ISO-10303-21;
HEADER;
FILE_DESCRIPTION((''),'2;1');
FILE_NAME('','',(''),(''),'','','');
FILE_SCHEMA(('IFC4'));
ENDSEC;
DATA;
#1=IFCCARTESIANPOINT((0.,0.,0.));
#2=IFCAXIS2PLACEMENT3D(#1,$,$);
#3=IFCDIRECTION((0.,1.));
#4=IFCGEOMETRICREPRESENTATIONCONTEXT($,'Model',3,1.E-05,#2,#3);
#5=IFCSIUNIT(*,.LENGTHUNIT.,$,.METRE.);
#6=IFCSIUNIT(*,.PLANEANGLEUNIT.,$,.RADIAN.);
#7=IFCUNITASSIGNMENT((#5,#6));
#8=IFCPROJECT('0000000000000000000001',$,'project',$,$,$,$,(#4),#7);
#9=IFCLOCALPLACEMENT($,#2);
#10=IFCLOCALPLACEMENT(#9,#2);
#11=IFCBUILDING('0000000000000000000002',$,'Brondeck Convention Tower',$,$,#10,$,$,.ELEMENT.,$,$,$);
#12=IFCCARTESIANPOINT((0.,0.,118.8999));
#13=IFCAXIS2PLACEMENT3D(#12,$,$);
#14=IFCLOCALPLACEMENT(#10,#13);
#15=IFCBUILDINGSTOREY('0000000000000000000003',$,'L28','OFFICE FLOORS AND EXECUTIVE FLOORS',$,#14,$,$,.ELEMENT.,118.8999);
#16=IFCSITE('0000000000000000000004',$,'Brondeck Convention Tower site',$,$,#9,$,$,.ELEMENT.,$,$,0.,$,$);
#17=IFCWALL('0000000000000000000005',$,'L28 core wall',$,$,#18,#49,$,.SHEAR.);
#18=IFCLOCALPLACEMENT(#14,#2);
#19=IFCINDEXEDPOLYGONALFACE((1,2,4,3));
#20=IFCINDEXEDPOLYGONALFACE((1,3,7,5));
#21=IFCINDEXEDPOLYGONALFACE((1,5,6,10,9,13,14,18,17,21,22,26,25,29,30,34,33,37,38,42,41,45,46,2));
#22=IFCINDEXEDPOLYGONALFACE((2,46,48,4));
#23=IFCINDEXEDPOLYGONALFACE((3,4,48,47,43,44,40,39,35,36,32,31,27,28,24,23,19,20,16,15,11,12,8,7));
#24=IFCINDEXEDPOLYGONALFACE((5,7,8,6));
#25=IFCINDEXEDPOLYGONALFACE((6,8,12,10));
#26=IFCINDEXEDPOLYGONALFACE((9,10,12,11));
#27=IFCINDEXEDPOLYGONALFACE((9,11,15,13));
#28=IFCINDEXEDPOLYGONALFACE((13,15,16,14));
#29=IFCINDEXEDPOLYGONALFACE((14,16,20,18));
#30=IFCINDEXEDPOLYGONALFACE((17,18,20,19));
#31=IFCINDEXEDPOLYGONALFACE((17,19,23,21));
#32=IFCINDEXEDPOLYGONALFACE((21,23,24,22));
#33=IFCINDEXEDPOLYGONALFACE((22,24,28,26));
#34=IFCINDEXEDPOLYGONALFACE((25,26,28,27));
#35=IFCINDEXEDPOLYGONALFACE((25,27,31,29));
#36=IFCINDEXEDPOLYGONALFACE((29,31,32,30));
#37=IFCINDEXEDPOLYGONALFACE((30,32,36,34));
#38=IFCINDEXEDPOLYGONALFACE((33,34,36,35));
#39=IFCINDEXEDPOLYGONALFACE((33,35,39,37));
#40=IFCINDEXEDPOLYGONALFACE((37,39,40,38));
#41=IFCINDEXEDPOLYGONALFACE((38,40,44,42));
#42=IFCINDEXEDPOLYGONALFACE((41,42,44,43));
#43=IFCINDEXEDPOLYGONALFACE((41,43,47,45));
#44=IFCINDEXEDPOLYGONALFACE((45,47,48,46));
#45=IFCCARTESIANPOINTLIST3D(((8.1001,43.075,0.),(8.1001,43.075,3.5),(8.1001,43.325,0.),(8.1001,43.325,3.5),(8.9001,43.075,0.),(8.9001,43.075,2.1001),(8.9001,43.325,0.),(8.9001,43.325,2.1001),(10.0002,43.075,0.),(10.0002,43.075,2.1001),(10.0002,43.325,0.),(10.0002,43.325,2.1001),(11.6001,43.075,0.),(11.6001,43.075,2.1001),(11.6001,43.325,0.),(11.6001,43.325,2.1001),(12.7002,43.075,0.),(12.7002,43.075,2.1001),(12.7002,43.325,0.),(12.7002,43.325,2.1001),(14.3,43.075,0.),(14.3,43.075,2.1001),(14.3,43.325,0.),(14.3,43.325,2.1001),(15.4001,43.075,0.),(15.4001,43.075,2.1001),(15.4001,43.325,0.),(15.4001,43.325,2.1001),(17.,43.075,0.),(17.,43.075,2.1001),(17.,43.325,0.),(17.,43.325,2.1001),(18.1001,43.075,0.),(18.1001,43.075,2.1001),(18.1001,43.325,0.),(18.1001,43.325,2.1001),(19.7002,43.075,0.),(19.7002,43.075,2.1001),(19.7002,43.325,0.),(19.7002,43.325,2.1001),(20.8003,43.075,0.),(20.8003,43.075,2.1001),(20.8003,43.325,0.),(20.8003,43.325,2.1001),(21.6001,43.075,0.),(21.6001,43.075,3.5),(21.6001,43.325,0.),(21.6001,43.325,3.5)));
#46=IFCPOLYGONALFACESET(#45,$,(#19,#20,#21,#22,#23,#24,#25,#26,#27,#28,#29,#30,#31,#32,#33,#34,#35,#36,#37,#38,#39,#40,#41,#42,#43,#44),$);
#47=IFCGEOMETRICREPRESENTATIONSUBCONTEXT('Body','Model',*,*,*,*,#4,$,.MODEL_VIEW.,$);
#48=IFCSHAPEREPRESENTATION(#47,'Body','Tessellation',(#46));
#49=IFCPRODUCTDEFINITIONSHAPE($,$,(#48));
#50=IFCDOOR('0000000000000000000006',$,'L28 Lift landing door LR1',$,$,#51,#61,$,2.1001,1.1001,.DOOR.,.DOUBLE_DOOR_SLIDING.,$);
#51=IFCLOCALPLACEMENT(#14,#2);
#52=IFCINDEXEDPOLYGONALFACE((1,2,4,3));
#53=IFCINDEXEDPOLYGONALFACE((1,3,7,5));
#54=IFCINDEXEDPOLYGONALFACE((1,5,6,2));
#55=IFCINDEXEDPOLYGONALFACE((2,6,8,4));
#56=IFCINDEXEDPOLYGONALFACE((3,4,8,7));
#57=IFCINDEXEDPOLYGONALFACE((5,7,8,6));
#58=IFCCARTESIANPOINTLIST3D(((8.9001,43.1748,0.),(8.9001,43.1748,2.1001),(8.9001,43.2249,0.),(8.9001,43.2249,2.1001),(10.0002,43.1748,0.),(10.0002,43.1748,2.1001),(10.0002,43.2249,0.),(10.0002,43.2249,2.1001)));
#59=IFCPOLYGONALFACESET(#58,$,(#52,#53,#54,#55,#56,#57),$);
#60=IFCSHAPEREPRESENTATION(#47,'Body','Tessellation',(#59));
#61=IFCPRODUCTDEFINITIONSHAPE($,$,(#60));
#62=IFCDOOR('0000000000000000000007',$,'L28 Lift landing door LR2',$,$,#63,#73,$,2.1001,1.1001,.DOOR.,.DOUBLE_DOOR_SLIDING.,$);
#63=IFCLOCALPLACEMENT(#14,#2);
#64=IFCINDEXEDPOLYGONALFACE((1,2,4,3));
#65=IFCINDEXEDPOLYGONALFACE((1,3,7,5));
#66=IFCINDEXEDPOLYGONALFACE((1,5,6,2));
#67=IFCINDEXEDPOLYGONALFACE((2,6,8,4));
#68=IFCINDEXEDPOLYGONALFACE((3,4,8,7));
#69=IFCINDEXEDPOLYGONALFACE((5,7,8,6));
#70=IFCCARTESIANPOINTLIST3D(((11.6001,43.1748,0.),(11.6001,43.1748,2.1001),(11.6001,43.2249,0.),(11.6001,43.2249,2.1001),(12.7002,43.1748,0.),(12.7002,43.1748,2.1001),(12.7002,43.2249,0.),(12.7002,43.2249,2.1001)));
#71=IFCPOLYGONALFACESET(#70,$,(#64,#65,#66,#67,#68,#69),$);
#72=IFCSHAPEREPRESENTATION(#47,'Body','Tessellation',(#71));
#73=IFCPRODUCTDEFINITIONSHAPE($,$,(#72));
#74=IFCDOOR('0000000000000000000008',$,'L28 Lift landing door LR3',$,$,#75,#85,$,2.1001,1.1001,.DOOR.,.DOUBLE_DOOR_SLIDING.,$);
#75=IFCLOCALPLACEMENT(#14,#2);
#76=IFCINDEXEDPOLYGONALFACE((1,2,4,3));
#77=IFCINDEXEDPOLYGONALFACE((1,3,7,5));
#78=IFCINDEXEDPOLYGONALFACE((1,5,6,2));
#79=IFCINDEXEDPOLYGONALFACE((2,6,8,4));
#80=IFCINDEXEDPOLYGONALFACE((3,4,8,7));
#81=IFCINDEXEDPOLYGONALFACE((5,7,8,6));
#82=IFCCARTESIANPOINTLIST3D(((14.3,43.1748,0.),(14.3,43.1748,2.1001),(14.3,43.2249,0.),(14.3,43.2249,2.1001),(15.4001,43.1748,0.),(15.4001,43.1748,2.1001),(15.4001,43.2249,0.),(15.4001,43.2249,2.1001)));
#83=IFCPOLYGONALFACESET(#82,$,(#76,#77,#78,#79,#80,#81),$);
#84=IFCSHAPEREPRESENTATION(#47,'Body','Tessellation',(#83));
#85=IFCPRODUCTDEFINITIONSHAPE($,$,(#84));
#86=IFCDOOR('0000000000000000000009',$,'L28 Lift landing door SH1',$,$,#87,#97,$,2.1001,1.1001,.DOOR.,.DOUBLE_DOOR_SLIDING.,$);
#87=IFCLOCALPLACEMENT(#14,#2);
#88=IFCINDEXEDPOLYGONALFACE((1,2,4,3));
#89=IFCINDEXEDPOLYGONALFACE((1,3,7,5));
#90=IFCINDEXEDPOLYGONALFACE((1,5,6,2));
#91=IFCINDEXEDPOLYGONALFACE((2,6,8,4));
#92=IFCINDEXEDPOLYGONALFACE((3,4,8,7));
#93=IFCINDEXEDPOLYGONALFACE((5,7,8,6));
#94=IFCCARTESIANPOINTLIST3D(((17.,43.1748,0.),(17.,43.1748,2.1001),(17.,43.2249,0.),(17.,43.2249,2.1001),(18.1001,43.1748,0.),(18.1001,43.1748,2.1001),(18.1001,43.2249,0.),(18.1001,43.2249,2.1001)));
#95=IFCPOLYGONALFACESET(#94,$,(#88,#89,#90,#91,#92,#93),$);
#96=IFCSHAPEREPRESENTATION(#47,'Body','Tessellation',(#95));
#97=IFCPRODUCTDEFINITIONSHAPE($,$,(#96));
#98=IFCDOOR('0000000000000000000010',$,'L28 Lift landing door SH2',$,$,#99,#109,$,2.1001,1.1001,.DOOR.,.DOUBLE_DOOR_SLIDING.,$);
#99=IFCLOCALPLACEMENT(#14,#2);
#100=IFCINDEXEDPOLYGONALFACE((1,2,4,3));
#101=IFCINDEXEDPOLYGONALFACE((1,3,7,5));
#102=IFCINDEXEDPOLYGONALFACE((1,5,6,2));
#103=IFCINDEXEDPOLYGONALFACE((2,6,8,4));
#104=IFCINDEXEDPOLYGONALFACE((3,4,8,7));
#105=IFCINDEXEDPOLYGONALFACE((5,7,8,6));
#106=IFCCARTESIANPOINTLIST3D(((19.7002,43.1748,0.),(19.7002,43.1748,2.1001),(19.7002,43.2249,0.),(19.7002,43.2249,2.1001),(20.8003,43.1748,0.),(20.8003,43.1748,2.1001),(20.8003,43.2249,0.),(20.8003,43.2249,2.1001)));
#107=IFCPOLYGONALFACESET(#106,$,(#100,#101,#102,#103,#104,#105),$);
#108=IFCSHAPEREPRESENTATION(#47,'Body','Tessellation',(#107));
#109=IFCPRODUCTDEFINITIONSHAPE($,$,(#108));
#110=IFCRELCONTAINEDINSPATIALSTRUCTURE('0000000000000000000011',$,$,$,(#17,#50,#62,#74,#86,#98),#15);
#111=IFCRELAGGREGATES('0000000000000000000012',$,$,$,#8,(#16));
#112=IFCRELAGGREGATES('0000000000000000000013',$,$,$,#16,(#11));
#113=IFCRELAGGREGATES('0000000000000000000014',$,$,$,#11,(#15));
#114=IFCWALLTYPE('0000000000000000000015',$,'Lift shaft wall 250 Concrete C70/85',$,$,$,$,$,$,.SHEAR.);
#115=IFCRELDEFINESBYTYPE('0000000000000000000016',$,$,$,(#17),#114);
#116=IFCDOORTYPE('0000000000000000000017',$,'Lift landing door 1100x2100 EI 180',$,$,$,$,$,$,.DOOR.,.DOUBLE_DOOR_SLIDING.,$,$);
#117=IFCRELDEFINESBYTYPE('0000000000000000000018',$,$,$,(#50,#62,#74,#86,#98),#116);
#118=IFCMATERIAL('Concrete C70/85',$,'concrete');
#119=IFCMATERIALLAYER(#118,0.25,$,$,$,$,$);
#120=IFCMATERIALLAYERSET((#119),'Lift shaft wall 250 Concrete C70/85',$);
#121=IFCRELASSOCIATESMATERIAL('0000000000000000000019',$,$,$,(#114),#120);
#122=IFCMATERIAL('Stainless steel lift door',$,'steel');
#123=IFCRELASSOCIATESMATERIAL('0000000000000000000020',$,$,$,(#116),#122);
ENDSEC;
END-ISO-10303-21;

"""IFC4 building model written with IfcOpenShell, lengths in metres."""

from ifc_helpers import new_model, si_unit, direction, frame, frame_2d, origin, place, context, subcontext, project, spatial, rectangle, extrude, material, layer, layer_set, type_object, element, fill, save


model = new_model("IFC4")

# Units and contexts
model_context = context("Model", 3, precision=1e-05, world=origin(), true_north=direction((0.0, 1.0)))
body_context = subcontext(model_context, "Body", "Model", "MODEL_VIEW")
ifc_project = project(units=[si_unit("LENGTHUNIT", "METRE"), si_unit("PLANEANGLEUNIT", "RADIAN")], contexts=[model_context])

# Site, building, storey
site_placement = place(None, origin())
site = spatial("IfcSite", under=ifc_project, at=site_placement, Name="Brondeck Convention Tower site", CompositionType="ELEMENT", RefElevation=0.0)
building_placement = place(site_placement, origin())
building = spatial("IfcBuilding", under=site, at=building_placement, Name="Brondeck Convention Tower", CompositionType="ELEMENT")
storey_placement = place(building_placement, frame((0.0, 0.0, 118.8999)))
storey = spatial("IfcBuildingStorey", under=building, at=storey_placement, Name="L28", Description="OFFICE FLOORS AND EXECUTIVE FLOORS", CompositionType="ELEMENT", Elevation=118.8999)

# Shared definitions
ifc_material_1 = material(Name="Concrete C70/85", Category="concrete")

# Wall, openings, doors
ifc_layer_1 = layer(ifc_material_1, 0.25)
ifc_layer_set_1 = layer_set([ifc_layer_1], Name="Lift shaft wall 250 Concrete C70/85")
wall_type_1 = type_object("IfcWallType", Name="Lift shaft wall 250 Concrete C70/85", PredefinedType="SHEAR", material=ifc_layer_set_1)
wall_1_placement = place(storey_placement, frame((8.1001, 43.2, 0.0), z_axis=(0.0, 0.0, 1.0), x_axis=(1.0, 0.0, 0.0)))
wall_1 = element("IfcWall", 1, at=wall_1_placement, inside=storey, type_object=wall_type_1, Name="L28 core wall", PredefinedType="SHEAR", context=body_context, shape_type="SweptSolid", body=[
    extrude(rectangle(XDim=13.5, YDim=0.25, at=frame_2d((6.75, 0.0))), origin(), (0.0, 0.0, 1.0), 3.5),
])
opening_1_placement = place(wall_1_placement, frame((0.8, 0.0, 0.0)))
opening_1 = element("IfcOpeningElement", 2, at=opening_1_placement, cuts=wall_1, PredefinedType="OPENING", context=body_context, shape_type="SweptSolid", body=[
    extrude(rectangle(XDim=1.1001, YDim=2.1001, at=frame_2d((0.55, 1.05))), frame((0.0, 0.135, 0.0), z_axis=(0.0, -1.0, 0.0), x_axis=(1.0, 0.0, 0.0)), (0.0, 0.0, 1.0), 0.27),
])
opening_2_placement = place(wall_1_placement, frame((3.5, 0.0, 0.0)))
opening_2 = element("IfcOpeningElement", 3, at=opening_2_placement, cuts=wall_1, PredefinedType="OPENING", context=body_context, shape_type="SweptSolid", body=[
    extrude(rectangle(XDim=1.1001, YDim=2.1001, at=frame_2d((0.55, 1.05))), frame((0.0, 0.135, 0.0), z_axis=(0.0, -1.0, 0.0), x_axis=(1.0, 0.0, 0.0)), (0.0, 0.0, 1.0), 0.27),
])
opening_3_placement = place(wall_1_placement, frame((6.2, 0.0, 0.0)))
opening_3 = element("IfcOpeningElement", 4, at=opening_3_placement, cuts=wall_1, PredefinedType="OPENING", context=body_context, shape_type="SweptSolid", body=[
    extrude(rectangle(XDim=1.1001, YDim=2.1001, at=frame_2d((0.55, 1.05))), frame((0.0, 0.135, 0.0), z_axis=(0.0, -1.0, 0.0), x_axis=(1.0, 0.0, 0.0)), (0.0, 0.0, 1.0), 0.27),
])
opening_4_placement = place(wall_1_placement, frame((8.8999, 0.0, 0.0)))
opening_4 = element("IfcOpeningElement", 5, at=opening_4_placement, cuts=wall_1, PredefinedType="OPENING", context=body_context, shape_type="SweptSolid", body=[
    extrude(rectangle(XDim=1.1001, YDim=2.1001, at=frame_2d((0.55, 1.05))), frame((0.0, 0.135, 0.0), z_axis=(0.0, -1.0, 0.0), x_axis=(1.0, 0.0, 0.0)), (0.0, 0.0, 1.0), 0.27),
])
opening_5_placement = place(wall_1_placement, frame((11.6001, 0.0, 0.0)))
opening_5 = element("IfcOpeningElement", 6, at=opening_5_placement, cuts=wall_1, PredefinedType="OPENING", context=body_context, shape_type="SweptSolid", body=[
    extrude(rectangle(XDim=1.1001, YDim=2.1001, at=frame_2d((0.55, 1.05))), frame((0.0, 0.135, 0.0), z_axis=(0.0, -1.0, 0.0), x_axis=(1.0, 0.0, 0.0)), (0.0, 0.0, 1.0), 0.27),
])
ifc_material_2 = material(Name="Stainless steel lift door", Category="steel")
door_type_1 = type_object("IfcDoorType", Name="Lift landing door 1100x2100 EI 180", OperationType="DOUBLE_DOOR_SLIDING", PredefinedType="DOOR", material=ifc_material_2)
door_1_placement = place(opening_1_placement, origin())
door_1 = element("IfcDoor", 7, at=door_1_placement, inside=storey, type_object=door_type_1, Name="L28 Lift landing door LR1", OperationType="DOUBLE_DOOR_SLIDING", OverallHeight=2.1001, OverallWidth=1.1001, PredefinedType="DOOR", context=body_context, shape_type="SweptSolid", body=[
    extrude(rectangle(XDim=1.1001, YDim=2.1001, at=frame_2d((0.55, 1.05))), frame((0.0, 0.0249, 0.0), z_axis=(0.0, -1.0, 0.0), x_axis=(1.0, 0.0, 0.0)), (0.0, 0.0, 1.0), 0.05),
])
fill(opening_1, door_1)
door_2_placement = place(opening_2_placement, origin())
door_2 = element("IfcDoor", 8, at=door_2_placement, inside=storey, type_object=door_type_1, Name="L28 Lift landing door LR2", OperationType="DOUBLE_DOOR_SLIDING", OverallHeight=2.1001, OverallWidth=1.1001, PredefinedType="DOOR", context=body_context, shape_type="SweptSolid", body=[
    extrude(rectangle(XDim=1.1001, YDim=2.1001, at=frame_2d((0.55, 1.05))), frame((0.0, 0.0249, 0.0), z_axis=(0.0, -1.0, 0.0), x_axis=(1.0, 0.0, 0.0)), (0.0, 0.0, 1.0), 0.05),
])
fill(opening_2, door_2)
door_3_placement = place(opening_3_placement, origin())
door_3 = element("IfcDoor", 9, at=door_3_placement, inside=storey, type_object=door_type_1, Name="L28 Lift landing door LR3", OperationType="DOUBLE_DOOR_SLIDING", OverallHeight=2.1001, OverallWidth=1.1001, PredefinedType="DOOR", context=body_context, shape_type="SweptSolid", body=[
    extrude(rectangle(XDim=1.1001, YDim=2.1001, at=frame_2d((0.55, 1.05))), frame((0.0, 0.0249, 0.0), z_axis=(0.0, -1.0, 0.0), x_axis=(1.0, 0.0, 0.0)), (0.0, 0.0, 1.0), 0.05),
])
fill(opening_3, door_3)
door_4_placement = place(opening_4_placement, origin())
door_4 = element("IfcDoor", 10, at=door_4_placement, inside=storey, type_object=door_type_1, Name="L28 Lift landing door SH1", OperationType="DOUBLE_DOOR_SLIDING", OverallHeight=2.1001, OverallWidth=1.1001, PredefinedType="DOOR", context=body_context, shape_type="SweptSolid", body=[
    extrude(rectangle(XDim=1.1001, YDim=2.1001, at=frame_2d((0.55, 1.05))), frame((0.0, 0.0249, 0.0), z_axis=(0.0, -1.0, 0.0), x_axis=(1.0, 0.0, 0.0)), (0.0, 0.0, 1.0), 0.05),
])
fill(opening_4, door_4)
door_5_placement = place(opening_5_placement, origin())
door_5 = element("IfcDoor", 11, at=door_5_placement, inside=storey, type_object=door_type_1, Name="L28 Lift landing door SH2", OperationType="DOUBLE_DOOR_SLIDING", OverallHeight=2.1001, OverallWidth=1.1001, PredefinedType="DOOR", context=body_context, shape_type="SweptSolid", body=[
    extrude(rectangle(XDim=1.1001, YDim=2.1001, at=frame_2d((0.55, 1.05))), frame((0.0, 0.0249, 0.0), z_axis=(0.0, -1.0, 0.0), x_axis=(1.0, 0.0, 0.0)), (0.0, 0.0, 1.0), 0.05),
])
fill(opening_5, door_5)

save(model, "model.ifc")
